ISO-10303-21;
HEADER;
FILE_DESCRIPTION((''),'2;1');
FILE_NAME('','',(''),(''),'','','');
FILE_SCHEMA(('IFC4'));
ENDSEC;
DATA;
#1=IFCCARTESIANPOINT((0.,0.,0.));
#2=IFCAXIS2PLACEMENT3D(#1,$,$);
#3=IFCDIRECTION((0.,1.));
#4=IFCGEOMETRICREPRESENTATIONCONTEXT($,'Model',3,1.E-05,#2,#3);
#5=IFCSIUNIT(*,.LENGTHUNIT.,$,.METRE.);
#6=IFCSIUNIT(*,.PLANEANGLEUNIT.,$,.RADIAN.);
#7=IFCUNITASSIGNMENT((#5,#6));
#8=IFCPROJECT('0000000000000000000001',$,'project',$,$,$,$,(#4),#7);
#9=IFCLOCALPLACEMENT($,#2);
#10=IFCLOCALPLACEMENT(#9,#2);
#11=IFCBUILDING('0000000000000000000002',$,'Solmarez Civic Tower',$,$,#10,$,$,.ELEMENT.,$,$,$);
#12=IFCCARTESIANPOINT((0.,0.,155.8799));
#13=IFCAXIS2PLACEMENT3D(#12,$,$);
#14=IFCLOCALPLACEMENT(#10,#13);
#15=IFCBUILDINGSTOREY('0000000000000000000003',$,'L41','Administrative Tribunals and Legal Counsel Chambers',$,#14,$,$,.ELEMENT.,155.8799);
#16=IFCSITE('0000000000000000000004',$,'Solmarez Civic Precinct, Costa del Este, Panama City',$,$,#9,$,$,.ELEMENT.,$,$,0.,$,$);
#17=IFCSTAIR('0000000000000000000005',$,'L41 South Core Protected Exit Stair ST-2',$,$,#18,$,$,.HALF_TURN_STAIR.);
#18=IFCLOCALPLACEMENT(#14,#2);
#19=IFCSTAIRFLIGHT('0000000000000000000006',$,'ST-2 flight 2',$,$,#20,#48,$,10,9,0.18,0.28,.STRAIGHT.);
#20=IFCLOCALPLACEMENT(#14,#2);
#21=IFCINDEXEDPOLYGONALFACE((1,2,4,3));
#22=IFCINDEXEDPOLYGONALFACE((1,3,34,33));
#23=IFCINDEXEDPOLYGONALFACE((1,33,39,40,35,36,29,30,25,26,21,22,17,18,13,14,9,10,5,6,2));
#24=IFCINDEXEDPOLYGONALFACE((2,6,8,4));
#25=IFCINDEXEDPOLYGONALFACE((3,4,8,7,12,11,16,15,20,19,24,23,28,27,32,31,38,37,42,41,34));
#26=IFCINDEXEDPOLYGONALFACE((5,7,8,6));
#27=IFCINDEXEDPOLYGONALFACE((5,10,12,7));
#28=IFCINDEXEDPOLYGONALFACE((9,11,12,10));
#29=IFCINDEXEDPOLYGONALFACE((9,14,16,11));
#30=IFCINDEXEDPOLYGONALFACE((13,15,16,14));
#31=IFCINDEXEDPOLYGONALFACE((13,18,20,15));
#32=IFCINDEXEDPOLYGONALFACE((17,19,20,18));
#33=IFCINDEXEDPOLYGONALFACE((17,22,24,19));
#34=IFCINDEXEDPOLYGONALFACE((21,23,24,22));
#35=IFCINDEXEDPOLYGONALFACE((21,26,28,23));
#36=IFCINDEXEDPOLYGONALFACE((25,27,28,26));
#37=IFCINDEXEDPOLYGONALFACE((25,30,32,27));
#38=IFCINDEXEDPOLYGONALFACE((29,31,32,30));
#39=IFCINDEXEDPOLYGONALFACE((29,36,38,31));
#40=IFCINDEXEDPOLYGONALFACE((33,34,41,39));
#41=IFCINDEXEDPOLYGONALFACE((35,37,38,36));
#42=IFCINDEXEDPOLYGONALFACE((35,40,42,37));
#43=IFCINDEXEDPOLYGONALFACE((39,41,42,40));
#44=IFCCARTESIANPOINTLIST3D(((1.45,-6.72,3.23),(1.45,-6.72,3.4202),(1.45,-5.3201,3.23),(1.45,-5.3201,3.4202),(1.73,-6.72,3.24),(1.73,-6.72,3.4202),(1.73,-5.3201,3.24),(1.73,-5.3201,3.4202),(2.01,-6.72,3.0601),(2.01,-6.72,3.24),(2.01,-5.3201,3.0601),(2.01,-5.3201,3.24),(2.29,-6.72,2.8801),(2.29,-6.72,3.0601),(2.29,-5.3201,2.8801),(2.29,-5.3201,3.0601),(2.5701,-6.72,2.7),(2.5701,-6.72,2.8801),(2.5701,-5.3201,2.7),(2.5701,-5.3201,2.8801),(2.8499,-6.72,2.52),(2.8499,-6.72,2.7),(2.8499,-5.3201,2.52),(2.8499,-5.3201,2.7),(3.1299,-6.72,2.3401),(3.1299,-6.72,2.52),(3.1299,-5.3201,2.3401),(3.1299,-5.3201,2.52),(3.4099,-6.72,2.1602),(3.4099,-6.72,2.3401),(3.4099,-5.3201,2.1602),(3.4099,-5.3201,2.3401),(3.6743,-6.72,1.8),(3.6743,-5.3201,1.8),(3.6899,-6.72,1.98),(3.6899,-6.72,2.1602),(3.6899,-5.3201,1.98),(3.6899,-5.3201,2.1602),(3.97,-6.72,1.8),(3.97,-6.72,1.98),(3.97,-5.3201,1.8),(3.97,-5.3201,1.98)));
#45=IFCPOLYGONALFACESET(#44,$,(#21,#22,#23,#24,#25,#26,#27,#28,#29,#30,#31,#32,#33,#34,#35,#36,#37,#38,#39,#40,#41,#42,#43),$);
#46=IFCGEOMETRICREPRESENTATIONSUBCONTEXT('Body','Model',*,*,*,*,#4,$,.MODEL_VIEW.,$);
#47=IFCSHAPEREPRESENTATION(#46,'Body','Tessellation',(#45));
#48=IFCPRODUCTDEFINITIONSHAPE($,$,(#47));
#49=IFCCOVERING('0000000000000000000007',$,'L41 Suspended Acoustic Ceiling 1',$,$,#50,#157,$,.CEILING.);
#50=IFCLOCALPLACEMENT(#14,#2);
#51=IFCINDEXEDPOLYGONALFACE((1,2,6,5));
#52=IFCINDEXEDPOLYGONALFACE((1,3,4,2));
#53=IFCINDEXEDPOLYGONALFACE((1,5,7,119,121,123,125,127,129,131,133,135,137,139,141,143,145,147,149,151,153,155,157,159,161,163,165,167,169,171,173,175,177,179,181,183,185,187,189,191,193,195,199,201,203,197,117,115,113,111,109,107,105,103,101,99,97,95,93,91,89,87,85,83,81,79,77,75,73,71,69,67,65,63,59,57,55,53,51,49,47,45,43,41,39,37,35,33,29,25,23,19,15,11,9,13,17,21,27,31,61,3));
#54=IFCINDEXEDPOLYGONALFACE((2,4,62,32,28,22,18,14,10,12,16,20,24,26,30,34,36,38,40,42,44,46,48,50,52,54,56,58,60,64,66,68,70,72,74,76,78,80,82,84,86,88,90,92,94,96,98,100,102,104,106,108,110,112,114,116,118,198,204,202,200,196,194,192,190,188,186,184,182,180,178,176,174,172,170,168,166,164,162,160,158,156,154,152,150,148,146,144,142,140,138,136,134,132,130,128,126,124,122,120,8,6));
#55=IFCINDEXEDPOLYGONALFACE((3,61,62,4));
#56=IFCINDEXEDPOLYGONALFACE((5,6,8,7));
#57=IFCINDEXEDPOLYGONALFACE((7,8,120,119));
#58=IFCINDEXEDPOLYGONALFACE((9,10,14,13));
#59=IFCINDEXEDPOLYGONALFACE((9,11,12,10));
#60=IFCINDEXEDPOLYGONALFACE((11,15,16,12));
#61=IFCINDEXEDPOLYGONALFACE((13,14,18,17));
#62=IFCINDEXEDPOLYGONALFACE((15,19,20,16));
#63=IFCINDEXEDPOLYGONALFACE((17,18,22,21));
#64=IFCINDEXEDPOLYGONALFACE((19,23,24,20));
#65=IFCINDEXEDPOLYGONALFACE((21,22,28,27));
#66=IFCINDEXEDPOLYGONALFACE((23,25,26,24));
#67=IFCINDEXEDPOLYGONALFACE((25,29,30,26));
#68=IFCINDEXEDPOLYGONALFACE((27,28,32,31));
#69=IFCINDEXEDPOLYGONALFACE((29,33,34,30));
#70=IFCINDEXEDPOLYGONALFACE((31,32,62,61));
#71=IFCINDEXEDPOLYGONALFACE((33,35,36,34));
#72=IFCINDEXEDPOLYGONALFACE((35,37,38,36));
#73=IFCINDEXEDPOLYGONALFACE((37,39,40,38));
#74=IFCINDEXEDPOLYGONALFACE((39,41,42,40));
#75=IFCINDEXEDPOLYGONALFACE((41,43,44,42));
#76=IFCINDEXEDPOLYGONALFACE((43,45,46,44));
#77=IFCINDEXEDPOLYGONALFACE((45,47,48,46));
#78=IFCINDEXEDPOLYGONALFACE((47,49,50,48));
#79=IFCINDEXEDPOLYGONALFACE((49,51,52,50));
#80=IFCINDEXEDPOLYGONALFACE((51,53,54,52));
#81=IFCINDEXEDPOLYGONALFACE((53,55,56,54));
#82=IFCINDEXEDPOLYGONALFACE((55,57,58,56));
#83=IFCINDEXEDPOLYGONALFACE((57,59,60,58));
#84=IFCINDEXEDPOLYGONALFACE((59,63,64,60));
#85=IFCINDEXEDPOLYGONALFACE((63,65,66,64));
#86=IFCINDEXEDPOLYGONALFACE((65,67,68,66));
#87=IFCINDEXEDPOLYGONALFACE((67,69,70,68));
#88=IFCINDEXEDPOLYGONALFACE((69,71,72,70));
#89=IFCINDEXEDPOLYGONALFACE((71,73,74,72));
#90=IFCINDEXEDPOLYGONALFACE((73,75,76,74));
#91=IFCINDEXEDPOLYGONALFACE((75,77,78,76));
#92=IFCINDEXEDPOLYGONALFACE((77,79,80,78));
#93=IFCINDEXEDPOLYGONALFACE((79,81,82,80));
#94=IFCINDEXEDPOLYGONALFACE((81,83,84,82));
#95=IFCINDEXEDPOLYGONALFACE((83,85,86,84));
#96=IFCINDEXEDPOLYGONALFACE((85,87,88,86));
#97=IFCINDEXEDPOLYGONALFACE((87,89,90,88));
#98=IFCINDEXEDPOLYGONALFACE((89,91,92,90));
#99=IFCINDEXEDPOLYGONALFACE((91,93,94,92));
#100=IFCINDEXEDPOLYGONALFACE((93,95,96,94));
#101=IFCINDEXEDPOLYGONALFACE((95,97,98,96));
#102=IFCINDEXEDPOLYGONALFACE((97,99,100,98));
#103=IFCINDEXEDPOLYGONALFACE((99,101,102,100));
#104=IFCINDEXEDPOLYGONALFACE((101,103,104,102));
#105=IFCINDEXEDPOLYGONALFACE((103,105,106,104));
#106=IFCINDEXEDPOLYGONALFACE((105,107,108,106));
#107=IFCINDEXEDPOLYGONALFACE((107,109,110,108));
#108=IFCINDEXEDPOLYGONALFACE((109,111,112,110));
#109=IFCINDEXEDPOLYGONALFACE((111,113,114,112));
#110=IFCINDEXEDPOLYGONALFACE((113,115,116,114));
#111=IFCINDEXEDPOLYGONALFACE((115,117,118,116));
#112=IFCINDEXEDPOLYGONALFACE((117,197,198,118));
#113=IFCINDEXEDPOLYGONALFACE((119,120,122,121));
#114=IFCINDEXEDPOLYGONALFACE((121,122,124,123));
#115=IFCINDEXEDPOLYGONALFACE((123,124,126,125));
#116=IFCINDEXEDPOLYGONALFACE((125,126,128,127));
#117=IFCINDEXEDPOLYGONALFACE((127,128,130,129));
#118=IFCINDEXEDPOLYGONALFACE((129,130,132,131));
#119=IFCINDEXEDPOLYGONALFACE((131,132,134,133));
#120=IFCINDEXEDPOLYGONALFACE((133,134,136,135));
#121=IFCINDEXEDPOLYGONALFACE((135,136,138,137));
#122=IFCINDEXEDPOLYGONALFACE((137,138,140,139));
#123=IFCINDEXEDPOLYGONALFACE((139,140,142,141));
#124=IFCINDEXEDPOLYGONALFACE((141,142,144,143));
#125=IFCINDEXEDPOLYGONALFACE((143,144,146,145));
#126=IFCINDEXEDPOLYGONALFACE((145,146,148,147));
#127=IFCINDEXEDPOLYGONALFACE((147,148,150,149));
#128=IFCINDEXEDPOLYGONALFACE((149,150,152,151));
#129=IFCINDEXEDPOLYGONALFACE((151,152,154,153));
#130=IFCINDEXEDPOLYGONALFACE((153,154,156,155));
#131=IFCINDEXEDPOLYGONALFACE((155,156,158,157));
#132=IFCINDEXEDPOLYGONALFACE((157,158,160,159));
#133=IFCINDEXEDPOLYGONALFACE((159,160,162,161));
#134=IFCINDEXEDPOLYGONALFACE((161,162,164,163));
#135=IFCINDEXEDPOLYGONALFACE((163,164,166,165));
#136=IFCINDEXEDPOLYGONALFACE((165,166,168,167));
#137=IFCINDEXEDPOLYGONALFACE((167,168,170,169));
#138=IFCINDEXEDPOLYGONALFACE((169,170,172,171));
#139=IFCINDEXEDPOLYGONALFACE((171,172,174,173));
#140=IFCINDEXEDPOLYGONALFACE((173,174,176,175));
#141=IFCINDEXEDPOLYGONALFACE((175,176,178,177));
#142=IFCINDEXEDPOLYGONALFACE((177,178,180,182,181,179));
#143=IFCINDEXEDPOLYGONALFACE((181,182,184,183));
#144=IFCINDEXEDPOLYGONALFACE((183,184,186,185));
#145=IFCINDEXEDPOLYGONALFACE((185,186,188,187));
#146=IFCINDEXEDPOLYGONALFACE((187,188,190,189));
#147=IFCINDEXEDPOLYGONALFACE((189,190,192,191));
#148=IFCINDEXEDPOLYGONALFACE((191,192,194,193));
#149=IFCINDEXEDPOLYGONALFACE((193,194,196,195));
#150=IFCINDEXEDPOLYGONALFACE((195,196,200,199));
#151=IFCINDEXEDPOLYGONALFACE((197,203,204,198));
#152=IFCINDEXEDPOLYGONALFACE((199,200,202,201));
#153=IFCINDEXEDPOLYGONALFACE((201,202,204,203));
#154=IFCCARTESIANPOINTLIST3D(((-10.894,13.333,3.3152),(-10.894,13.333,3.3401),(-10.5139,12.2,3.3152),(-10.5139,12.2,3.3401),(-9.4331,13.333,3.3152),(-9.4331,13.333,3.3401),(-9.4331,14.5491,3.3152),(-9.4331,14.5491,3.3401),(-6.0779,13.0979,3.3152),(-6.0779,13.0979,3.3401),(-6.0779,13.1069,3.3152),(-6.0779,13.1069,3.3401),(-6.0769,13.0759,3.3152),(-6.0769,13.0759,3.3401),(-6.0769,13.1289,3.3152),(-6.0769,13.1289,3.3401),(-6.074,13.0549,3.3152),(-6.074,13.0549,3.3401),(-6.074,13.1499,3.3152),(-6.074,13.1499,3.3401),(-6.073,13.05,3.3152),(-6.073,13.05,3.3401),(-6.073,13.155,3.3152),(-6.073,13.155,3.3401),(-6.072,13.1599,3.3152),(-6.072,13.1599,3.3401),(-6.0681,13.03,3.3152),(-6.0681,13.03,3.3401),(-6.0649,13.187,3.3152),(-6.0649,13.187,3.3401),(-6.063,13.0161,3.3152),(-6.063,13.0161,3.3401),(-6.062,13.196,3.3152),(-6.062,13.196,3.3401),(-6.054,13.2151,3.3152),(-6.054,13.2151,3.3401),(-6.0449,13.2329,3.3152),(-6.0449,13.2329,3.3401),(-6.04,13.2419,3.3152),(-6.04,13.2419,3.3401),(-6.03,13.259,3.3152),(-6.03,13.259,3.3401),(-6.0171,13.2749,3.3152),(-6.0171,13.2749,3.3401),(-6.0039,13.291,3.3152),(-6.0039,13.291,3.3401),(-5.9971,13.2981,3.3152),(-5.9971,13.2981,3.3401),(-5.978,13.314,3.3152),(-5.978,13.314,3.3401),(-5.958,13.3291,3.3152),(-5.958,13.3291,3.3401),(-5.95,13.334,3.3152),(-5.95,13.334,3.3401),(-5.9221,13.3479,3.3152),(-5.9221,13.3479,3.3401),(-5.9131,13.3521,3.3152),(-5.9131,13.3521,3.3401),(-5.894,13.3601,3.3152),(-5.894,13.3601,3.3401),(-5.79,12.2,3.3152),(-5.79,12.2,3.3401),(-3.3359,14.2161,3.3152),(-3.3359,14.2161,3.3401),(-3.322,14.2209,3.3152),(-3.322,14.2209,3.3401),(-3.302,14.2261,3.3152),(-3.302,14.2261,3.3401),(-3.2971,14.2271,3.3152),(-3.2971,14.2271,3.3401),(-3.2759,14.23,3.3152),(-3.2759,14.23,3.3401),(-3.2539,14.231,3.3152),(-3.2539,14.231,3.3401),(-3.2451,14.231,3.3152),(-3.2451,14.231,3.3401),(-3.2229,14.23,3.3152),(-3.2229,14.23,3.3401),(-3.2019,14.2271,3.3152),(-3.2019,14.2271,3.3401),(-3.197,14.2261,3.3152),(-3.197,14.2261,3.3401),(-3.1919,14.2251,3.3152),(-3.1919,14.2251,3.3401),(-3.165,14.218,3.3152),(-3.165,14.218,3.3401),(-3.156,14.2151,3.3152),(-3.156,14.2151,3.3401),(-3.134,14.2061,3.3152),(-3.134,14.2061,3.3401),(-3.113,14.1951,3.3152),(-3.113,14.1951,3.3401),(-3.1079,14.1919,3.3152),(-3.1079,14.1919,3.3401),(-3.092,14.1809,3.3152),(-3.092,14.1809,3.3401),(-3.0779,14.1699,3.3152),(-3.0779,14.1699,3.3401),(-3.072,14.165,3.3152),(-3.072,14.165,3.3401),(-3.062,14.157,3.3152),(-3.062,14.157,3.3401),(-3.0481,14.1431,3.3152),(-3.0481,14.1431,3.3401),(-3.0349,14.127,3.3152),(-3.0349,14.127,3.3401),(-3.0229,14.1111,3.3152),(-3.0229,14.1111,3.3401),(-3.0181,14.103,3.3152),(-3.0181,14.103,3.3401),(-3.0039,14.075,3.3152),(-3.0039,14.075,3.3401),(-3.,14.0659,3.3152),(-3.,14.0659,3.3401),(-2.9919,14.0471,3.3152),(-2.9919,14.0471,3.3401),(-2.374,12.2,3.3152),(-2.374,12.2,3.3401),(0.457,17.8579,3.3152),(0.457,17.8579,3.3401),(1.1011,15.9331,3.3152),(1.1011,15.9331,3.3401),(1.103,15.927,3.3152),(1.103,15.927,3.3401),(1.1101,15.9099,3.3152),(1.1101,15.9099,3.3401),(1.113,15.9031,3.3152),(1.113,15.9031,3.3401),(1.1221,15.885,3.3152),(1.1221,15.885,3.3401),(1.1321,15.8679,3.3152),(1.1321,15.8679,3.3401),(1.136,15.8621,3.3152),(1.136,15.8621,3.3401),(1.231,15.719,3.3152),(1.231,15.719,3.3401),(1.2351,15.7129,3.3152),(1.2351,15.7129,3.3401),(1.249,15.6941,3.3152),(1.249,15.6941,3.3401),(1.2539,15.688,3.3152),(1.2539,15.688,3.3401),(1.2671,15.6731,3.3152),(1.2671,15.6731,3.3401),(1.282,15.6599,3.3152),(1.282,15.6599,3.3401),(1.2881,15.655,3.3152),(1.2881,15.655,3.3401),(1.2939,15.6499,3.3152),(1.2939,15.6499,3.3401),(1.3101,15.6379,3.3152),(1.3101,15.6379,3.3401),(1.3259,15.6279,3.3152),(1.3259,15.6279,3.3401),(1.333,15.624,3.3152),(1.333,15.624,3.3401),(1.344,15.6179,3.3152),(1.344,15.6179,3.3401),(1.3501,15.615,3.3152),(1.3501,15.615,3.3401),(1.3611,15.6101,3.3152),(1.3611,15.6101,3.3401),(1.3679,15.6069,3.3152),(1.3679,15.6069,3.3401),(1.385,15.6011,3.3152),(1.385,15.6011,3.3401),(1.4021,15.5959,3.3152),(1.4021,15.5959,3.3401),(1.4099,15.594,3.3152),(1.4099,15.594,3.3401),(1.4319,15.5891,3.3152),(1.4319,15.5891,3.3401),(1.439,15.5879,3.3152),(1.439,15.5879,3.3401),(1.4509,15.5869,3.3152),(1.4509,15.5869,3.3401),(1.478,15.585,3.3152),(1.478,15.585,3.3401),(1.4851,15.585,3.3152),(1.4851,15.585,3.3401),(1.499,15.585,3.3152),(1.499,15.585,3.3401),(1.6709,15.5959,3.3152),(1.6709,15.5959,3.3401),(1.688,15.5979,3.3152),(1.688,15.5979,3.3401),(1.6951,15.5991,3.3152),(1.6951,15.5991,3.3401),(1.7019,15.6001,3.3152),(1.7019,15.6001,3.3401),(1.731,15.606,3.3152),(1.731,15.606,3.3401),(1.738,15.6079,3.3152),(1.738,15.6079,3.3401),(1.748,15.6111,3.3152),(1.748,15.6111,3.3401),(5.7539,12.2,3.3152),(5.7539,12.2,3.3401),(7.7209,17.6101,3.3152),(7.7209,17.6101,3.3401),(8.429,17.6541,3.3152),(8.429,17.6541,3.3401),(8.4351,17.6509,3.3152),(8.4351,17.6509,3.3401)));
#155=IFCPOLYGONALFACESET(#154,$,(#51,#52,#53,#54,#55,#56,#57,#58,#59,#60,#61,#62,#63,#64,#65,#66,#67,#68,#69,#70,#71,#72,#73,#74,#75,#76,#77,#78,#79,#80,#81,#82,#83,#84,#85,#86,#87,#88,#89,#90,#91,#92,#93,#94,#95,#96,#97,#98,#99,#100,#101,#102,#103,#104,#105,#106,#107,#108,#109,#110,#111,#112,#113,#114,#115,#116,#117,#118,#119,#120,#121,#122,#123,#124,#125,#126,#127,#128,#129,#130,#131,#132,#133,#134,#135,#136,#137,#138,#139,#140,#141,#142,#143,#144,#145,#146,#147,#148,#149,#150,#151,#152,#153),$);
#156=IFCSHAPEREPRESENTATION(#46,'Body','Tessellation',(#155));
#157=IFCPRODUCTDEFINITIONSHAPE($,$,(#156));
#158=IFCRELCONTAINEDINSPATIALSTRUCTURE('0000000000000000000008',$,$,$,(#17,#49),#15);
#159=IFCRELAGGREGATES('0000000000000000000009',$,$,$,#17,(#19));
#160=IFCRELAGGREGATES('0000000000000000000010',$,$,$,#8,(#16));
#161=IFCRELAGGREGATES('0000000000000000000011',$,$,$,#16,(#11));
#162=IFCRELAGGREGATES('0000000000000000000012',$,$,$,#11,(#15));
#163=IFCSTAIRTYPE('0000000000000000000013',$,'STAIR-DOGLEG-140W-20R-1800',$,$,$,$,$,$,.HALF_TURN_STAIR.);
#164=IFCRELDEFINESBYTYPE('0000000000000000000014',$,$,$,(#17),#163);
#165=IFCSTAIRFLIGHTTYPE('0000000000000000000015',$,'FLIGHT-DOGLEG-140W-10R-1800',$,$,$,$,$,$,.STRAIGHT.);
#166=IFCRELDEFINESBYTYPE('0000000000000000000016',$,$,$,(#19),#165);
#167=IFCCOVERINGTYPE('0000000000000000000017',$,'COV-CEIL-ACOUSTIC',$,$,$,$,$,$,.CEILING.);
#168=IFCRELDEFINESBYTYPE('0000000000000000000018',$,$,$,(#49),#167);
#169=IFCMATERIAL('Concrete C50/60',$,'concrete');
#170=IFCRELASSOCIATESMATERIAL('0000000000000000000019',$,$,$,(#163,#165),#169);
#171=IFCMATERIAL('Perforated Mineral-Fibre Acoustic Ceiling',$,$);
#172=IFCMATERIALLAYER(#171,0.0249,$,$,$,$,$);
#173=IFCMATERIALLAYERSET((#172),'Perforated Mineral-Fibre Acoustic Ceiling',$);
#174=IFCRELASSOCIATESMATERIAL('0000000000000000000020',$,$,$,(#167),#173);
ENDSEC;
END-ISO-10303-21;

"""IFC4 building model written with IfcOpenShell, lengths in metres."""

from ifc_helpers import new_model, si_unit, direction, frame, origin, place, context, subcontext, project, spatial, polyline, outline, extrude, material, layer, layer_set, type_object, element, aggregate, save


model = new_model("IFC4")

# Units and contexts
model_context = context("Model", 3, precision=1e-05, world=origin(), true_north=direction((0.0, 1.0)))
body_context = subcontext(model_context, "Body", "Model", "MODEL_VIEW")
ifc_project = project(units=[si_unit("LENGTHUNIT", "METRE"), si_unit("PLANEANGLEUNIT", "RADIAN")], contexts=[model_context])

# Site, building, storey
site_placement = place(None, origin())
site = spatial("IfcSite", under=ifc_project, at=site_placement, Name="Solmarez Civic Precinct, Costa del Este, Panama City", CompositionType="ELEMENT", RefElevation=0.0)
building_placement = place(site_placement, origin())
building = spatial("IfcBuilding", under=site, at=building_placement, Name="Solmarez Civic Tower", CompositionType="ELEMENT")
storey_placement = place(building_placement, frame((0.0, 0.0, 155.8799)))
storey = spatial("IfcBuildingStorey", under=building, at=storey_placement, Name="L41", Description="Administrative Tribunals and Legal Counsel Chambers", CompositionType="ELEMENT", Elevation=155.8799)

# Shared definitions
ifc_material_1 = material(Name="Concrete C50/60", Category="concrete")

# Stair
stair_type = type_object("IfcStairType", Name="STAIR-DOGLEG-140W-20R-1800", PredefinedType="HALF_TURN_STAIR", material=ifc_material_1)
stair_1_placement = place(storey_placement, origin())
stair_1 = element("IfcStair", 1, at=stair_1_placement, inside=storey, type_object=stair_type, Name="L41 South Core Protected Exit Stair ST-2", PredefinedType="HALF_TURN_STAIR")

# Stair flight
stair_flight_type = type_object("IfcStairFlightType", Name="FLIGHT-DOGLEG-140W-10R-1800", PredefinedType="STRAIGHT", material=ifc_material_1)
stair_flight_1_placement = place(storey_placement, frame((3.97, -6.02, 1.8), z_axis=(0.0, 0.0, 1.0), x_axis=(-1.0, 0.0, 0.0)))
stair_flight_1 = element("IfcStairFlight", 2, at=stair_flight_1_placement, type_object=stair_flight_type, Name="ST-2 flight 2", NumberOfRisers=10, NumberOfTreads=9, PredefinedType="STRAIGHT", RiserHeight=0.18, TreadLength=0.28, context=body_context, shape_type="SweptSolid", body=[
    extrude(outline(polyline([(0.0, 0.0), (0.0, 0.1799), (0.28, 0.1799), (0.28, 0.3601), (0.5601, 0.3601), (0.5601, 0.54), (0.8401, 0.54), (0.8401, 0.72), (1.1201, 0.72), (1.1201, 0.8999), (1.3999, 0.8999), (1.3999, 1.0801), (1.6799, 1.0801), (1.6799, 1.26), (1.96, 1.26), (1.96, 1.4399), (2.24, 1.4399), (2.24, 1.6201), (2.52, 1.6201), (2.52, 1.8), (2.52, 1.4299), (0.2957, 0.0), (0.0, 0.0)])), frame((0.0, 0.7, 0.0), z_axis=(0.0, -1.0, 0.0), x_axis=(1.0, 0.0, 0.0)), (0.0, 0.0, 1.0), 1.3999),
])
aggregate(stair_1, [stair_flight_1])

# Covering
ifc_material_2 = material(Name="Perforated Mineral-Fibre Acoustic Ceiling")
ifc_layer_1 = layer(ifc_material_2, 0.0249)
ifc_layer_set_1 = layer_set([ifc_layer_1], Name="Perforated Mineral-Fibre Acoustic Ceiling")
covering_type_1 = type_object("IfcCoveringType", Name="COV-CEIL-ACOUSTIC", PredefinedType="CEILING", material=ifc_layer_set_1)
covering_1_placement = place(storey_placement, frame((0.0, 0.0, 3.3152)))
element("IfcCovering", 3, at=covering_1_placement, inside=storey, type_object=covering_type_1, Name="L41 Suspended Acoustic Ceiling 1", PredefinedType="CEILING", context=body_context, shape_type="SweptSolid", body=[
    extrude(outline(polyline([(-9.4331, 14.5491), (-9.4331, 13.333), (-10.894, 13.333), (-10.5139, 12.2), (-5.79, 12.2), (-6.063, 13.0161), (-6.0681, 13.03), (-6.073, 13.05), (-6.074, 13.0549), (-6.0769, 13.0759), (-6.0779, 13.0979), (-6.0779, 13.1069), (-6.0769, 13.1289), (-6.074, 13.1499), (-6.073, 13.155), (-6.072, 13.1599), (-6.0649, 13.187), (-6.062, 13.196), (-6.054, 13.2151), (-6.0449, 13.2329), (-6.04, 13.2419), (-6.03, 13.259), (-6.0171, 13.2749), (-6.0039, 13.291), (-5.9971, 13.2981), (-5.978, 13.314), (-5.958, 13.3291), (-5.95, 13.334), (-5.9221, 13.3479), (-5.9131, 13.3521), (-5.894, 13.3601), (-3.3359, 14.2161), (-3.322, 14.2209), (-3.302, 14.2261), (-3.2971, 14.2271), (-3.2759, 14.23), (-3.2539, 14.231), (-3.2451, 14.231), (-3.2229, 14.23), (-3.2019, 14.2271), (-3.197, 14.2261), (-3.1919, 14.2251), (-3.165, 14.218), (-3.156, 14.2151), (-3.134, 14.2061), (-3.113, 14.1951), (-3.1079, 14.1919), (-3.092, 14.1809), (-3.0779, 14.1699), (-3.072, 14.165), (-3.062, 14.157), (-3.0481, 14.1431), (-3.0349, 14.127), (-3.0229, 14.1111), (-3.0181, 14.103), (-3.0039, 14.075), (-3.0, 14.0659), (-2.9919, 14.0471), (-2.374, 12.2), (5.7539, 12.2), (8.4351, 17.6509), (8.429, 17.6541), (7.7209, 17.6101), (1.748, 15.6111), (1.738, 15.6079), (1.731, 15.606), (1.7019, 15.6001), (1.6951, 15.5991), (1.688, 15.5979), (1.6709, 15.5959), (1.499, 15.585), (1.4851, 15.585), (1.478, 15.585), (1.4509, 15.5869), (1.439, 15.5879), (1.4319, 15.5891), (1.4099, 15.594), (1.4021, 15.5959), (1.385, 15.6011), (1.3679, 15.6069), (1.3611, 15.6101), (1.3501, 15.615), (1.344, 15.6179), (1.333, 15.624), (1.3259, 15.6279), (1.3101, 15.6379), (1.2939, 15.6499), (1.2881, 15.655), (1.282, 15.6599), (1.2671, 15.6731), (1.2539, 15.688), (1.249, 15.6941), (1.2351, 15.7129), (1.231, 15.719), (1.136, 15.8621), (1.1321, 15.8679), (1.1221, 15.885), (1.113, 15.9031), (1.1101, 15.9099), (1.103, 15.927), (1.1011, 15.9331), (0.457, 17.8579), (-9.4331, 14.5491)])), origin(), (0.0, 0.0, 1.0), 0.0249),
])

save(model, "model.ifc")
